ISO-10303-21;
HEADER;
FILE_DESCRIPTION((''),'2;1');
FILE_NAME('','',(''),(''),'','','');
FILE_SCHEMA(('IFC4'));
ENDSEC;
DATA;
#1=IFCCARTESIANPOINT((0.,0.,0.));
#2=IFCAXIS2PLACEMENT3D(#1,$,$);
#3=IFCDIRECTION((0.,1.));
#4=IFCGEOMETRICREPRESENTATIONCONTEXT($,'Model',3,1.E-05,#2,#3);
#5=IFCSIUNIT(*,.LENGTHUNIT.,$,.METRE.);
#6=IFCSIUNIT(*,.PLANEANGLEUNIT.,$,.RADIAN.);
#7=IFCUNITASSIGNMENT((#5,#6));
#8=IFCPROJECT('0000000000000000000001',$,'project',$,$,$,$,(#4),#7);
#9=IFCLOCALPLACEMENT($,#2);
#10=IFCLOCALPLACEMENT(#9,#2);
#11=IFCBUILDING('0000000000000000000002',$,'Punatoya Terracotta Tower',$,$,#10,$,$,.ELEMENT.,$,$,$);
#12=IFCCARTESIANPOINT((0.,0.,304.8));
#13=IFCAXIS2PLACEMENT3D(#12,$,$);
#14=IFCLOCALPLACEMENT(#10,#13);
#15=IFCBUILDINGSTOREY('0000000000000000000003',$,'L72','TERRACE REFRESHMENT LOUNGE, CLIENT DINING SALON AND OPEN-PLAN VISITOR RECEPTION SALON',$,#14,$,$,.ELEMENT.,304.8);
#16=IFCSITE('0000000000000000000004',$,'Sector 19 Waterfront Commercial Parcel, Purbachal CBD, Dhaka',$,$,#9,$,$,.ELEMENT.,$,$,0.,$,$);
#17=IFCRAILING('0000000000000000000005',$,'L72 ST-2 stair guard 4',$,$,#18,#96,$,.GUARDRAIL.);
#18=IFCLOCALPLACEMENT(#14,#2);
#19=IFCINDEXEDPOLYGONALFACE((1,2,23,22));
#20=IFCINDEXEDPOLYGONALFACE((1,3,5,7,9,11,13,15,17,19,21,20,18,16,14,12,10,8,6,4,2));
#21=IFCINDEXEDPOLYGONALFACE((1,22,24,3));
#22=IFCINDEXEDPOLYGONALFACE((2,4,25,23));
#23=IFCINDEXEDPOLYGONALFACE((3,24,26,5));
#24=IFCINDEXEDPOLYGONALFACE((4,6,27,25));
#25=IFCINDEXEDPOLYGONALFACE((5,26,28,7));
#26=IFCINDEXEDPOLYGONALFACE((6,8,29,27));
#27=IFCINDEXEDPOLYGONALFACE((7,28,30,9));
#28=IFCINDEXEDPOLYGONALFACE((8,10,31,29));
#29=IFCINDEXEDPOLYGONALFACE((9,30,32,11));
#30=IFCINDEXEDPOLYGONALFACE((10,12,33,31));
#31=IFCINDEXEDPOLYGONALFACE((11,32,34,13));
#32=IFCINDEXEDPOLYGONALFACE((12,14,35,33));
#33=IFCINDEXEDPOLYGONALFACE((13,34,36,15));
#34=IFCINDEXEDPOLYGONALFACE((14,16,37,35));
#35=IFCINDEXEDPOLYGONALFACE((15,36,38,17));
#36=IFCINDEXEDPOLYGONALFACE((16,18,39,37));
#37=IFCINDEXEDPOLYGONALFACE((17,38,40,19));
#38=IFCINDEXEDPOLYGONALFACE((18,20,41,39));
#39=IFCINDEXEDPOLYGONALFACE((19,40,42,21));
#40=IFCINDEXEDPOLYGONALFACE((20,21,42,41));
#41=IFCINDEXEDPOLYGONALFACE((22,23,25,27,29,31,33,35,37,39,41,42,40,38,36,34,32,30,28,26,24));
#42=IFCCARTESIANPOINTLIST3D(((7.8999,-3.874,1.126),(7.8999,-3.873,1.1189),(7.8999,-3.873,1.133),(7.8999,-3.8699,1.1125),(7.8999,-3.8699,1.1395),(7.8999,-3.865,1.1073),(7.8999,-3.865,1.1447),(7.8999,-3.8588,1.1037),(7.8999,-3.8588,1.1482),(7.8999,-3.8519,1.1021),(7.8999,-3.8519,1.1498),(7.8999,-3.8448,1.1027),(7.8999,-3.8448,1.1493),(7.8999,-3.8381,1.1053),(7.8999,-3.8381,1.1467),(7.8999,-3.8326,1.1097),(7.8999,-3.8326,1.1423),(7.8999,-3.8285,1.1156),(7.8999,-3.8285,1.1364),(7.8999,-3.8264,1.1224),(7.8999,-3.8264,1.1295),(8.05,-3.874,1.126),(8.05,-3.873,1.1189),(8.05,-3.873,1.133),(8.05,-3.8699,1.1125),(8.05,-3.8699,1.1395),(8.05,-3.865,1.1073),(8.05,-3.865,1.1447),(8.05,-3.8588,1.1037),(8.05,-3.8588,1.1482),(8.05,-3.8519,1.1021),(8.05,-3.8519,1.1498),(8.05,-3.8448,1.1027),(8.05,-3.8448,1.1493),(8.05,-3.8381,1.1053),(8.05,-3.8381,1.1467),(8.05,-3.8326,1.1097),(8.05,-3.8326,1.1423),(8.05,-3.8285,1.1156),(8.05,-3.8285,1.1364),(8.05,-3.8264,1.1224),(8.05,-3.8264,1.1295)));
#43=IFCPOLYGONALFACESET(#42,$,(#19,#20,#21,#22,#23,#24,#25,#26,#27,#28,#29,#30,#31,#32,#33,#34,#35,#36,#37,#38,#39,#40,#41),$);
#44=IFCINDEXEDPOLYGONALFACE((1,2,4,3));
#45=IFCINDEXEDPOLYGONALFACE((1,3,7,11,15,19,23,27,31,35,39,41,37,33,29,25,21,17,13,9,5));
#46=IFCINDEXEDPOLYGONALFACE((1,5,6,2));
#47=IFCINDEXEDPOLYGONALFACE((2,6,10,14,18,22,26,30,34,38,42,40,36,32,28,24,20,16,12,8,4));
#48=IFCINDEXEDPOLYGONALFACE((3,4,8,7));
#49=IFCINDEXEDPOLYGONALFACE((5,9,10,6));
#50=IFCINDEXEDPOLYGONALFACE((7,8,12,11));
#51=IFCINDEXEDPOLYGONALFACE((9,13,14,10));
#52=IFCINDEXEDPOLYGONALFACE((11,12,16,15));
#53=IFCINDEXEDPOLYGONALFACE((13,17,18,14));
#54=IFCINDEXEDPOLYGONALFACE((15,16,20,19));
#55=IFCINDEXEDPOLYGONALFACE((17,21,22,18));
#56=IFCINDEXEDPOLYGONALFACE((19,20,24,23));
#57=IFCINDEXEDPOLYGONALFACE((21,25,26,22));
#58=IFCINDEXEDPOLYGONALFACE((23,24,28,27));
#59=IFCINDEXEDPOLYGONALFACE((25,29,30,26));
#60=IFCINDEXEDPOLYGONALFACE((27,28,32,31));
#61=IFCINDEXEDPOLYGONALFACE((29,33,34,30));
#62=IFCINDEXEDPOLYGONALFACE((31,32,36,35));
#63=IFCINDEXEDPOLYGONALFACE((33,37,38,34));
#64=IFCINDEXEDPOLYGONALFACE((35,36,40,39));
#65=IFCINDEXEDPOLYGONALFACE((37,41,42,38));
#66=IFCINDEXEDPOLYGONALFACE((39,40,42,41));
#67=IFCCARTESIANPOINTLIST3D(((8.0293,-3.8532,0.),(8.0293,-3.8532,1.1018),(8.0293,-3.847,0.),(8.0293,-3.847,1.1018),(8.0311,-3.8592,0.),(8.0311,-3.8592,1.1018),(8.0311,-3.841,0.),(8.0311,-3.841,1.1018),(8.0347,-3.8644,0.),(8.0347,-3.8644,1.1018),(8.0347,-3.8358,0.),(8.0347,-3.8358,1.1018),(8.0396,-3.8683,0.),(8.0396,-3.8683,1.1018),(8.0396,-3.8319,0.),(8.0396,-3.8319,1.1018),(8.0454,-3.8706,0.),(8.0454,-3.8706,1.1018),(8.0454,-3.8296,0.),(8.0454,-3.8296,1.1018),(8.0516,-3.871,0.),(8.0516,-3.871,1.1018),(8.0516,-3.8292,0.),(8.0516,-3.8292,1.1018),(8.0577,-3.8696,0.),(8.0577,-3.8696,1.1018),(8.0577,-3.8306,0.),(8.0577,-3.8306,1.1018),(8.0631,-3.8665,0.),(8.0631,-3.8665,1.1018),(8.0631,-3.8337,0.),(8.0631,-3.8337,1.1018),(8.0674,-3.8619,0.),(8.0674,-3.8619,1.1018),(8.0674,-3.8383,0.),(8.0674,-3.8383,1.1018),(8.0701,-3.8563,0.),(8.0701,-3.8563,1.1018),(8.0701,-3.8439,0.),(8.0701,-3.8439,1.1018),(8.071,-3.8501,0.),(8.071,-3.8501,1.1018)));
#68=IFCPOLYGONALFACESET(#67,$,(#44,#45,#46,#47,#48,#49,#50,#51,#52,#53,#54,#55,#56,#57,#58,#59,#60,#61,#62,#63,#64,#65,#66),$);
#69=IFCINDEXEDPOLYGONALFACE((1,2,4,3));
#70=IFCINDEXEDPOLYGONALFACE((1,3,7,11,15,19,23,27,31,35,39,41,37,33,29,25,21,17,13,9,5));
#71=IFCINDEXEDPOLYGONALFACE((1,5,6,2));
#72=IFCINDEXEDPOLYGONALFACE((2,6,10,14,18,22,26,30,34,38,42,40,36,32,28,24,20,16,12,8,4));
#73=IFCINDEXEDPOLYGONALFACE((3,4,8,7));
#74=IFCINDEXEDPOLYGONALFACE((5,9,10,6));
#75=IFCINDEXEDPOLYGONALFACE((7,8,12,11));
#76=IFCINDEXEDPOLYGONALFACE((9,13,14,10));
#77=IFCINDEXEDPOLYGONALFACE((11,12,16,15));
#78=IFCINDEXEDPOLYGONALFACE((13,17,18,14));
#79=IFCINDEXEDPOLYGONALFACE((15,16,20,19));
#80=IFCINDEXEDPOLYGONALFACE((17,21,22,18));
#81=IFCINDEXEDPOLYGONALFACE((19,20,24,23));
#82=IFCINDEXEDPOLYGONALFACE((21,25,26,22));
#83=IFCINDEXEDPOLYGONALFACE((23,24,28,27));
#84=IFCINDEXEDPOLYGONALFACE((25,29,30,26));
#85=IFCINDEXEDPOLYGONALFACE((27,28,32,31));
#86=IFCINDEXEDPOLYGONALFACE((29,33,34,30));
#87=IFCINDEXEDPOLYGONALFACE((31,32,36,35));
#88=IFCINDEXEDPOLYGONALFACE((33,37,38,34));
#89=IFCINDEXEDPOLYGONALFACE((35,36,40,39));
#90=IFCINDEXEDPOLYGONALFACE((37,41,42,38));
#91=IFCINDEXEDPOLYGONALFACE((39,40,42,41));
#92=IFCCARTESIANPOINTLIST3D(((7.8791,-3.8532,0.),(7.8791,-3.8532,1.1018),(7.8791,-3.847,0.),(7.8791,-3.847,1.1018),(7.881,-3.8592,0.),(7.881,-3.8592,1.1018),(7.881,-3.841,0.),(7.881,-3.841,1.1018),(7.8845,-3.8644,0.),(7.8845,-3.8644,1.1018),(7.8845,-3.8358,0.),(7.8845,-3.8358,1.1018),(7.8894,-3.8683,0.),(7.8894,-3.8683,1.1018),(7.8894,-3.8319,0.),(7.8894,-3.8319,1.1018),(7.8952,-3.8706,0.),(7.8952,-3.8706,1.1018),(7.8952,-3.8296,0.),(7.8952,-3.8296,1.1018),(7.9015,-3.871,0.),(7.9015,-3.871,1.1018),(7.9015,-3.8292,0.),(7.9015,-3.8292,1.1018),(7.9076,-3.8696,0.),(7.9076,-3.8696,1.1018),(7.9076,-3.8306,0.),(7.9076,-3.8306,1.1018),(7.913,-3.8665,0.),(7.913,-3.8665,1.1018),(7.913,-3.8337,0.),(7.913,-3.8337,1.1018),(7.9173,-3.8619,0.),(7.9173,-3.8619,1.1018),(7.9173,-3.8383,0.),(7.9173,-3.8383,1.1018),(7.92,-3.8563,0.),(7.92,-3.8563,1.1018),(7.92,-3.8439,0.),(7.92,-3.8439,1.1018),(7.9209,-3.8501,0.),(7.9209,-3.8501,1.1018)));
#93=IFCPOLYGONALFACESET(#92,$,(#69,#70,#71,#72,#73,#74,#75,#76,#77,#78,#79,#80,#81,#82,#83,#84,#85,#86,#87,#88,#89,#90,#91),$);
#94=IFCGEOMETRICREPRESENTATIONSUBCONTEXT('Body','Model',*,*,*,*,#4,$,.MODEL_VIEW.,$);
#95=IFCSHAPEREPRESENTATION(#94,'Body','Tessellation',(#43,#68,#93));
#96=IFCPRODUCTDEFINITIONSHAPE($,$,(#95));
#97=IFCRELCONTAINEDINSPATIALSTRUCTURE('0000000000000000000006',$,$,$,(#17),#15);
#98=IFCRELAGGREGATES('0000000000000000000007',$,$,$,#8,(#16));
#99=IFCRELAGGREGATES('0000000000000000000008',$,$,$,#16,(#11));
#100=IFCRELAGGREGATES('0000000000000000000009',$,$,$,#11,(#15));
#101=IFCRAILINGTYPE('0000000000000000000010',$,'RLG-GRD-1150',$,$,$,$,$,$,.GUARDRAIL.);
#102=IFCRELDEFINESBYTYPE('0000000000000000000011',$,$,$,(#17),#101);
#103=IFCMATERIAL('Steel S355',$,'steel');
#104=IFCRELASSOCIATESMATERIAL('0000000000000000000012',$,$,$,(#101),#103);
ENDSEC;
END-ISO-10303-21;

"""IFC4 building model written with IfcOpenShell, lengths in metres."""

from ifc_helpers import new_model, si_unit, direction, frame, origin, origin_2d, place, context, subcontext, project, spatial, circle, extrude, material, type_object, element, save


model = new_model("IFC4")

# Units and contexts
model_context = context("Model", 3, precision=1e-05, world=origin(), true_north=direction((0.0, 1.0)))
body_context = subcontext(model_context, "Body", "Model", "MODEL_VIEW")
ifc_project = project(units=[si_unit("LENGTHUNIT", "METRE"), si_unit("PLANEANGLEUNIT", "RADIAN")], contexts=[model_context])

# Site, building, storey
site_placement = place(None, origin())
site = spatial("IfcSite", under=ifc_project, at=site_placement, Name="Sector 19 Waterfront Commercial Parcel, Purbachal CBD, Dhaka", CompositionType="ELEMENT", RefElevation=0.0)
building_placement = place(site_placement, origin())
building = spatial("IfcBuilding", under=site, at=building_placement, Name="Punatoya Terracotta Tower", CompositionType="ELEMENT")
storey_placement = place(building_placement, frame((0.0, 0.0, 304.8)))
storey = spatial("IfcBuildingStorey", under=building, at=storey_placement, Name="L72", Description="TERRACE REFRESHMENT LOUNGE, CLIENT DINING SALON AND OPEN-PLAN VISITOR RECEPTION SALON", CompositionType="ELEMENT", Elevation=304.8)

# Railing
ifc_material_1 = material(Name="Steel S355", Category="steel")
railing_type_1 = type_object("IfcRailingType", Name="RLG-GRD-1150", PredefinedType="GUARDRAIL", material=ifc_material_1)
railing_1_placement = place(storey_placement, frame((8.05, -3.8501, 0.0)))
element("IfcRailing", 1, at=railing_1_placement, inside=storey, type_object=railing_type_1, Name="L72 ST-2 stair guard 4", PredefinedType="GUARDRAIL", context=body_context, shape_type="SweptSolid", body=[
    extrude(circle(Radius=0.0239, at=origin_2d()), frame((0.0, 0.0, 1.126), z_axis=(-1.0, 0.0, 0.0), x_axis=(0.0, -1.0, 0.0)), (0.0, 0.0, 1.0), 0.1501),
    extrude(circle(Radius=0.021, at=origin_2d()), origin(), (0.0, 0.0, 1.0), 1.1018),
    extrude(circle(Radius=0.021, at=origin_2d()), frame((-0.1501, 0.0, 0.0)), (0.0, 0.0, 1.0), 1.1018),
])

save(model, "model.ifc")
